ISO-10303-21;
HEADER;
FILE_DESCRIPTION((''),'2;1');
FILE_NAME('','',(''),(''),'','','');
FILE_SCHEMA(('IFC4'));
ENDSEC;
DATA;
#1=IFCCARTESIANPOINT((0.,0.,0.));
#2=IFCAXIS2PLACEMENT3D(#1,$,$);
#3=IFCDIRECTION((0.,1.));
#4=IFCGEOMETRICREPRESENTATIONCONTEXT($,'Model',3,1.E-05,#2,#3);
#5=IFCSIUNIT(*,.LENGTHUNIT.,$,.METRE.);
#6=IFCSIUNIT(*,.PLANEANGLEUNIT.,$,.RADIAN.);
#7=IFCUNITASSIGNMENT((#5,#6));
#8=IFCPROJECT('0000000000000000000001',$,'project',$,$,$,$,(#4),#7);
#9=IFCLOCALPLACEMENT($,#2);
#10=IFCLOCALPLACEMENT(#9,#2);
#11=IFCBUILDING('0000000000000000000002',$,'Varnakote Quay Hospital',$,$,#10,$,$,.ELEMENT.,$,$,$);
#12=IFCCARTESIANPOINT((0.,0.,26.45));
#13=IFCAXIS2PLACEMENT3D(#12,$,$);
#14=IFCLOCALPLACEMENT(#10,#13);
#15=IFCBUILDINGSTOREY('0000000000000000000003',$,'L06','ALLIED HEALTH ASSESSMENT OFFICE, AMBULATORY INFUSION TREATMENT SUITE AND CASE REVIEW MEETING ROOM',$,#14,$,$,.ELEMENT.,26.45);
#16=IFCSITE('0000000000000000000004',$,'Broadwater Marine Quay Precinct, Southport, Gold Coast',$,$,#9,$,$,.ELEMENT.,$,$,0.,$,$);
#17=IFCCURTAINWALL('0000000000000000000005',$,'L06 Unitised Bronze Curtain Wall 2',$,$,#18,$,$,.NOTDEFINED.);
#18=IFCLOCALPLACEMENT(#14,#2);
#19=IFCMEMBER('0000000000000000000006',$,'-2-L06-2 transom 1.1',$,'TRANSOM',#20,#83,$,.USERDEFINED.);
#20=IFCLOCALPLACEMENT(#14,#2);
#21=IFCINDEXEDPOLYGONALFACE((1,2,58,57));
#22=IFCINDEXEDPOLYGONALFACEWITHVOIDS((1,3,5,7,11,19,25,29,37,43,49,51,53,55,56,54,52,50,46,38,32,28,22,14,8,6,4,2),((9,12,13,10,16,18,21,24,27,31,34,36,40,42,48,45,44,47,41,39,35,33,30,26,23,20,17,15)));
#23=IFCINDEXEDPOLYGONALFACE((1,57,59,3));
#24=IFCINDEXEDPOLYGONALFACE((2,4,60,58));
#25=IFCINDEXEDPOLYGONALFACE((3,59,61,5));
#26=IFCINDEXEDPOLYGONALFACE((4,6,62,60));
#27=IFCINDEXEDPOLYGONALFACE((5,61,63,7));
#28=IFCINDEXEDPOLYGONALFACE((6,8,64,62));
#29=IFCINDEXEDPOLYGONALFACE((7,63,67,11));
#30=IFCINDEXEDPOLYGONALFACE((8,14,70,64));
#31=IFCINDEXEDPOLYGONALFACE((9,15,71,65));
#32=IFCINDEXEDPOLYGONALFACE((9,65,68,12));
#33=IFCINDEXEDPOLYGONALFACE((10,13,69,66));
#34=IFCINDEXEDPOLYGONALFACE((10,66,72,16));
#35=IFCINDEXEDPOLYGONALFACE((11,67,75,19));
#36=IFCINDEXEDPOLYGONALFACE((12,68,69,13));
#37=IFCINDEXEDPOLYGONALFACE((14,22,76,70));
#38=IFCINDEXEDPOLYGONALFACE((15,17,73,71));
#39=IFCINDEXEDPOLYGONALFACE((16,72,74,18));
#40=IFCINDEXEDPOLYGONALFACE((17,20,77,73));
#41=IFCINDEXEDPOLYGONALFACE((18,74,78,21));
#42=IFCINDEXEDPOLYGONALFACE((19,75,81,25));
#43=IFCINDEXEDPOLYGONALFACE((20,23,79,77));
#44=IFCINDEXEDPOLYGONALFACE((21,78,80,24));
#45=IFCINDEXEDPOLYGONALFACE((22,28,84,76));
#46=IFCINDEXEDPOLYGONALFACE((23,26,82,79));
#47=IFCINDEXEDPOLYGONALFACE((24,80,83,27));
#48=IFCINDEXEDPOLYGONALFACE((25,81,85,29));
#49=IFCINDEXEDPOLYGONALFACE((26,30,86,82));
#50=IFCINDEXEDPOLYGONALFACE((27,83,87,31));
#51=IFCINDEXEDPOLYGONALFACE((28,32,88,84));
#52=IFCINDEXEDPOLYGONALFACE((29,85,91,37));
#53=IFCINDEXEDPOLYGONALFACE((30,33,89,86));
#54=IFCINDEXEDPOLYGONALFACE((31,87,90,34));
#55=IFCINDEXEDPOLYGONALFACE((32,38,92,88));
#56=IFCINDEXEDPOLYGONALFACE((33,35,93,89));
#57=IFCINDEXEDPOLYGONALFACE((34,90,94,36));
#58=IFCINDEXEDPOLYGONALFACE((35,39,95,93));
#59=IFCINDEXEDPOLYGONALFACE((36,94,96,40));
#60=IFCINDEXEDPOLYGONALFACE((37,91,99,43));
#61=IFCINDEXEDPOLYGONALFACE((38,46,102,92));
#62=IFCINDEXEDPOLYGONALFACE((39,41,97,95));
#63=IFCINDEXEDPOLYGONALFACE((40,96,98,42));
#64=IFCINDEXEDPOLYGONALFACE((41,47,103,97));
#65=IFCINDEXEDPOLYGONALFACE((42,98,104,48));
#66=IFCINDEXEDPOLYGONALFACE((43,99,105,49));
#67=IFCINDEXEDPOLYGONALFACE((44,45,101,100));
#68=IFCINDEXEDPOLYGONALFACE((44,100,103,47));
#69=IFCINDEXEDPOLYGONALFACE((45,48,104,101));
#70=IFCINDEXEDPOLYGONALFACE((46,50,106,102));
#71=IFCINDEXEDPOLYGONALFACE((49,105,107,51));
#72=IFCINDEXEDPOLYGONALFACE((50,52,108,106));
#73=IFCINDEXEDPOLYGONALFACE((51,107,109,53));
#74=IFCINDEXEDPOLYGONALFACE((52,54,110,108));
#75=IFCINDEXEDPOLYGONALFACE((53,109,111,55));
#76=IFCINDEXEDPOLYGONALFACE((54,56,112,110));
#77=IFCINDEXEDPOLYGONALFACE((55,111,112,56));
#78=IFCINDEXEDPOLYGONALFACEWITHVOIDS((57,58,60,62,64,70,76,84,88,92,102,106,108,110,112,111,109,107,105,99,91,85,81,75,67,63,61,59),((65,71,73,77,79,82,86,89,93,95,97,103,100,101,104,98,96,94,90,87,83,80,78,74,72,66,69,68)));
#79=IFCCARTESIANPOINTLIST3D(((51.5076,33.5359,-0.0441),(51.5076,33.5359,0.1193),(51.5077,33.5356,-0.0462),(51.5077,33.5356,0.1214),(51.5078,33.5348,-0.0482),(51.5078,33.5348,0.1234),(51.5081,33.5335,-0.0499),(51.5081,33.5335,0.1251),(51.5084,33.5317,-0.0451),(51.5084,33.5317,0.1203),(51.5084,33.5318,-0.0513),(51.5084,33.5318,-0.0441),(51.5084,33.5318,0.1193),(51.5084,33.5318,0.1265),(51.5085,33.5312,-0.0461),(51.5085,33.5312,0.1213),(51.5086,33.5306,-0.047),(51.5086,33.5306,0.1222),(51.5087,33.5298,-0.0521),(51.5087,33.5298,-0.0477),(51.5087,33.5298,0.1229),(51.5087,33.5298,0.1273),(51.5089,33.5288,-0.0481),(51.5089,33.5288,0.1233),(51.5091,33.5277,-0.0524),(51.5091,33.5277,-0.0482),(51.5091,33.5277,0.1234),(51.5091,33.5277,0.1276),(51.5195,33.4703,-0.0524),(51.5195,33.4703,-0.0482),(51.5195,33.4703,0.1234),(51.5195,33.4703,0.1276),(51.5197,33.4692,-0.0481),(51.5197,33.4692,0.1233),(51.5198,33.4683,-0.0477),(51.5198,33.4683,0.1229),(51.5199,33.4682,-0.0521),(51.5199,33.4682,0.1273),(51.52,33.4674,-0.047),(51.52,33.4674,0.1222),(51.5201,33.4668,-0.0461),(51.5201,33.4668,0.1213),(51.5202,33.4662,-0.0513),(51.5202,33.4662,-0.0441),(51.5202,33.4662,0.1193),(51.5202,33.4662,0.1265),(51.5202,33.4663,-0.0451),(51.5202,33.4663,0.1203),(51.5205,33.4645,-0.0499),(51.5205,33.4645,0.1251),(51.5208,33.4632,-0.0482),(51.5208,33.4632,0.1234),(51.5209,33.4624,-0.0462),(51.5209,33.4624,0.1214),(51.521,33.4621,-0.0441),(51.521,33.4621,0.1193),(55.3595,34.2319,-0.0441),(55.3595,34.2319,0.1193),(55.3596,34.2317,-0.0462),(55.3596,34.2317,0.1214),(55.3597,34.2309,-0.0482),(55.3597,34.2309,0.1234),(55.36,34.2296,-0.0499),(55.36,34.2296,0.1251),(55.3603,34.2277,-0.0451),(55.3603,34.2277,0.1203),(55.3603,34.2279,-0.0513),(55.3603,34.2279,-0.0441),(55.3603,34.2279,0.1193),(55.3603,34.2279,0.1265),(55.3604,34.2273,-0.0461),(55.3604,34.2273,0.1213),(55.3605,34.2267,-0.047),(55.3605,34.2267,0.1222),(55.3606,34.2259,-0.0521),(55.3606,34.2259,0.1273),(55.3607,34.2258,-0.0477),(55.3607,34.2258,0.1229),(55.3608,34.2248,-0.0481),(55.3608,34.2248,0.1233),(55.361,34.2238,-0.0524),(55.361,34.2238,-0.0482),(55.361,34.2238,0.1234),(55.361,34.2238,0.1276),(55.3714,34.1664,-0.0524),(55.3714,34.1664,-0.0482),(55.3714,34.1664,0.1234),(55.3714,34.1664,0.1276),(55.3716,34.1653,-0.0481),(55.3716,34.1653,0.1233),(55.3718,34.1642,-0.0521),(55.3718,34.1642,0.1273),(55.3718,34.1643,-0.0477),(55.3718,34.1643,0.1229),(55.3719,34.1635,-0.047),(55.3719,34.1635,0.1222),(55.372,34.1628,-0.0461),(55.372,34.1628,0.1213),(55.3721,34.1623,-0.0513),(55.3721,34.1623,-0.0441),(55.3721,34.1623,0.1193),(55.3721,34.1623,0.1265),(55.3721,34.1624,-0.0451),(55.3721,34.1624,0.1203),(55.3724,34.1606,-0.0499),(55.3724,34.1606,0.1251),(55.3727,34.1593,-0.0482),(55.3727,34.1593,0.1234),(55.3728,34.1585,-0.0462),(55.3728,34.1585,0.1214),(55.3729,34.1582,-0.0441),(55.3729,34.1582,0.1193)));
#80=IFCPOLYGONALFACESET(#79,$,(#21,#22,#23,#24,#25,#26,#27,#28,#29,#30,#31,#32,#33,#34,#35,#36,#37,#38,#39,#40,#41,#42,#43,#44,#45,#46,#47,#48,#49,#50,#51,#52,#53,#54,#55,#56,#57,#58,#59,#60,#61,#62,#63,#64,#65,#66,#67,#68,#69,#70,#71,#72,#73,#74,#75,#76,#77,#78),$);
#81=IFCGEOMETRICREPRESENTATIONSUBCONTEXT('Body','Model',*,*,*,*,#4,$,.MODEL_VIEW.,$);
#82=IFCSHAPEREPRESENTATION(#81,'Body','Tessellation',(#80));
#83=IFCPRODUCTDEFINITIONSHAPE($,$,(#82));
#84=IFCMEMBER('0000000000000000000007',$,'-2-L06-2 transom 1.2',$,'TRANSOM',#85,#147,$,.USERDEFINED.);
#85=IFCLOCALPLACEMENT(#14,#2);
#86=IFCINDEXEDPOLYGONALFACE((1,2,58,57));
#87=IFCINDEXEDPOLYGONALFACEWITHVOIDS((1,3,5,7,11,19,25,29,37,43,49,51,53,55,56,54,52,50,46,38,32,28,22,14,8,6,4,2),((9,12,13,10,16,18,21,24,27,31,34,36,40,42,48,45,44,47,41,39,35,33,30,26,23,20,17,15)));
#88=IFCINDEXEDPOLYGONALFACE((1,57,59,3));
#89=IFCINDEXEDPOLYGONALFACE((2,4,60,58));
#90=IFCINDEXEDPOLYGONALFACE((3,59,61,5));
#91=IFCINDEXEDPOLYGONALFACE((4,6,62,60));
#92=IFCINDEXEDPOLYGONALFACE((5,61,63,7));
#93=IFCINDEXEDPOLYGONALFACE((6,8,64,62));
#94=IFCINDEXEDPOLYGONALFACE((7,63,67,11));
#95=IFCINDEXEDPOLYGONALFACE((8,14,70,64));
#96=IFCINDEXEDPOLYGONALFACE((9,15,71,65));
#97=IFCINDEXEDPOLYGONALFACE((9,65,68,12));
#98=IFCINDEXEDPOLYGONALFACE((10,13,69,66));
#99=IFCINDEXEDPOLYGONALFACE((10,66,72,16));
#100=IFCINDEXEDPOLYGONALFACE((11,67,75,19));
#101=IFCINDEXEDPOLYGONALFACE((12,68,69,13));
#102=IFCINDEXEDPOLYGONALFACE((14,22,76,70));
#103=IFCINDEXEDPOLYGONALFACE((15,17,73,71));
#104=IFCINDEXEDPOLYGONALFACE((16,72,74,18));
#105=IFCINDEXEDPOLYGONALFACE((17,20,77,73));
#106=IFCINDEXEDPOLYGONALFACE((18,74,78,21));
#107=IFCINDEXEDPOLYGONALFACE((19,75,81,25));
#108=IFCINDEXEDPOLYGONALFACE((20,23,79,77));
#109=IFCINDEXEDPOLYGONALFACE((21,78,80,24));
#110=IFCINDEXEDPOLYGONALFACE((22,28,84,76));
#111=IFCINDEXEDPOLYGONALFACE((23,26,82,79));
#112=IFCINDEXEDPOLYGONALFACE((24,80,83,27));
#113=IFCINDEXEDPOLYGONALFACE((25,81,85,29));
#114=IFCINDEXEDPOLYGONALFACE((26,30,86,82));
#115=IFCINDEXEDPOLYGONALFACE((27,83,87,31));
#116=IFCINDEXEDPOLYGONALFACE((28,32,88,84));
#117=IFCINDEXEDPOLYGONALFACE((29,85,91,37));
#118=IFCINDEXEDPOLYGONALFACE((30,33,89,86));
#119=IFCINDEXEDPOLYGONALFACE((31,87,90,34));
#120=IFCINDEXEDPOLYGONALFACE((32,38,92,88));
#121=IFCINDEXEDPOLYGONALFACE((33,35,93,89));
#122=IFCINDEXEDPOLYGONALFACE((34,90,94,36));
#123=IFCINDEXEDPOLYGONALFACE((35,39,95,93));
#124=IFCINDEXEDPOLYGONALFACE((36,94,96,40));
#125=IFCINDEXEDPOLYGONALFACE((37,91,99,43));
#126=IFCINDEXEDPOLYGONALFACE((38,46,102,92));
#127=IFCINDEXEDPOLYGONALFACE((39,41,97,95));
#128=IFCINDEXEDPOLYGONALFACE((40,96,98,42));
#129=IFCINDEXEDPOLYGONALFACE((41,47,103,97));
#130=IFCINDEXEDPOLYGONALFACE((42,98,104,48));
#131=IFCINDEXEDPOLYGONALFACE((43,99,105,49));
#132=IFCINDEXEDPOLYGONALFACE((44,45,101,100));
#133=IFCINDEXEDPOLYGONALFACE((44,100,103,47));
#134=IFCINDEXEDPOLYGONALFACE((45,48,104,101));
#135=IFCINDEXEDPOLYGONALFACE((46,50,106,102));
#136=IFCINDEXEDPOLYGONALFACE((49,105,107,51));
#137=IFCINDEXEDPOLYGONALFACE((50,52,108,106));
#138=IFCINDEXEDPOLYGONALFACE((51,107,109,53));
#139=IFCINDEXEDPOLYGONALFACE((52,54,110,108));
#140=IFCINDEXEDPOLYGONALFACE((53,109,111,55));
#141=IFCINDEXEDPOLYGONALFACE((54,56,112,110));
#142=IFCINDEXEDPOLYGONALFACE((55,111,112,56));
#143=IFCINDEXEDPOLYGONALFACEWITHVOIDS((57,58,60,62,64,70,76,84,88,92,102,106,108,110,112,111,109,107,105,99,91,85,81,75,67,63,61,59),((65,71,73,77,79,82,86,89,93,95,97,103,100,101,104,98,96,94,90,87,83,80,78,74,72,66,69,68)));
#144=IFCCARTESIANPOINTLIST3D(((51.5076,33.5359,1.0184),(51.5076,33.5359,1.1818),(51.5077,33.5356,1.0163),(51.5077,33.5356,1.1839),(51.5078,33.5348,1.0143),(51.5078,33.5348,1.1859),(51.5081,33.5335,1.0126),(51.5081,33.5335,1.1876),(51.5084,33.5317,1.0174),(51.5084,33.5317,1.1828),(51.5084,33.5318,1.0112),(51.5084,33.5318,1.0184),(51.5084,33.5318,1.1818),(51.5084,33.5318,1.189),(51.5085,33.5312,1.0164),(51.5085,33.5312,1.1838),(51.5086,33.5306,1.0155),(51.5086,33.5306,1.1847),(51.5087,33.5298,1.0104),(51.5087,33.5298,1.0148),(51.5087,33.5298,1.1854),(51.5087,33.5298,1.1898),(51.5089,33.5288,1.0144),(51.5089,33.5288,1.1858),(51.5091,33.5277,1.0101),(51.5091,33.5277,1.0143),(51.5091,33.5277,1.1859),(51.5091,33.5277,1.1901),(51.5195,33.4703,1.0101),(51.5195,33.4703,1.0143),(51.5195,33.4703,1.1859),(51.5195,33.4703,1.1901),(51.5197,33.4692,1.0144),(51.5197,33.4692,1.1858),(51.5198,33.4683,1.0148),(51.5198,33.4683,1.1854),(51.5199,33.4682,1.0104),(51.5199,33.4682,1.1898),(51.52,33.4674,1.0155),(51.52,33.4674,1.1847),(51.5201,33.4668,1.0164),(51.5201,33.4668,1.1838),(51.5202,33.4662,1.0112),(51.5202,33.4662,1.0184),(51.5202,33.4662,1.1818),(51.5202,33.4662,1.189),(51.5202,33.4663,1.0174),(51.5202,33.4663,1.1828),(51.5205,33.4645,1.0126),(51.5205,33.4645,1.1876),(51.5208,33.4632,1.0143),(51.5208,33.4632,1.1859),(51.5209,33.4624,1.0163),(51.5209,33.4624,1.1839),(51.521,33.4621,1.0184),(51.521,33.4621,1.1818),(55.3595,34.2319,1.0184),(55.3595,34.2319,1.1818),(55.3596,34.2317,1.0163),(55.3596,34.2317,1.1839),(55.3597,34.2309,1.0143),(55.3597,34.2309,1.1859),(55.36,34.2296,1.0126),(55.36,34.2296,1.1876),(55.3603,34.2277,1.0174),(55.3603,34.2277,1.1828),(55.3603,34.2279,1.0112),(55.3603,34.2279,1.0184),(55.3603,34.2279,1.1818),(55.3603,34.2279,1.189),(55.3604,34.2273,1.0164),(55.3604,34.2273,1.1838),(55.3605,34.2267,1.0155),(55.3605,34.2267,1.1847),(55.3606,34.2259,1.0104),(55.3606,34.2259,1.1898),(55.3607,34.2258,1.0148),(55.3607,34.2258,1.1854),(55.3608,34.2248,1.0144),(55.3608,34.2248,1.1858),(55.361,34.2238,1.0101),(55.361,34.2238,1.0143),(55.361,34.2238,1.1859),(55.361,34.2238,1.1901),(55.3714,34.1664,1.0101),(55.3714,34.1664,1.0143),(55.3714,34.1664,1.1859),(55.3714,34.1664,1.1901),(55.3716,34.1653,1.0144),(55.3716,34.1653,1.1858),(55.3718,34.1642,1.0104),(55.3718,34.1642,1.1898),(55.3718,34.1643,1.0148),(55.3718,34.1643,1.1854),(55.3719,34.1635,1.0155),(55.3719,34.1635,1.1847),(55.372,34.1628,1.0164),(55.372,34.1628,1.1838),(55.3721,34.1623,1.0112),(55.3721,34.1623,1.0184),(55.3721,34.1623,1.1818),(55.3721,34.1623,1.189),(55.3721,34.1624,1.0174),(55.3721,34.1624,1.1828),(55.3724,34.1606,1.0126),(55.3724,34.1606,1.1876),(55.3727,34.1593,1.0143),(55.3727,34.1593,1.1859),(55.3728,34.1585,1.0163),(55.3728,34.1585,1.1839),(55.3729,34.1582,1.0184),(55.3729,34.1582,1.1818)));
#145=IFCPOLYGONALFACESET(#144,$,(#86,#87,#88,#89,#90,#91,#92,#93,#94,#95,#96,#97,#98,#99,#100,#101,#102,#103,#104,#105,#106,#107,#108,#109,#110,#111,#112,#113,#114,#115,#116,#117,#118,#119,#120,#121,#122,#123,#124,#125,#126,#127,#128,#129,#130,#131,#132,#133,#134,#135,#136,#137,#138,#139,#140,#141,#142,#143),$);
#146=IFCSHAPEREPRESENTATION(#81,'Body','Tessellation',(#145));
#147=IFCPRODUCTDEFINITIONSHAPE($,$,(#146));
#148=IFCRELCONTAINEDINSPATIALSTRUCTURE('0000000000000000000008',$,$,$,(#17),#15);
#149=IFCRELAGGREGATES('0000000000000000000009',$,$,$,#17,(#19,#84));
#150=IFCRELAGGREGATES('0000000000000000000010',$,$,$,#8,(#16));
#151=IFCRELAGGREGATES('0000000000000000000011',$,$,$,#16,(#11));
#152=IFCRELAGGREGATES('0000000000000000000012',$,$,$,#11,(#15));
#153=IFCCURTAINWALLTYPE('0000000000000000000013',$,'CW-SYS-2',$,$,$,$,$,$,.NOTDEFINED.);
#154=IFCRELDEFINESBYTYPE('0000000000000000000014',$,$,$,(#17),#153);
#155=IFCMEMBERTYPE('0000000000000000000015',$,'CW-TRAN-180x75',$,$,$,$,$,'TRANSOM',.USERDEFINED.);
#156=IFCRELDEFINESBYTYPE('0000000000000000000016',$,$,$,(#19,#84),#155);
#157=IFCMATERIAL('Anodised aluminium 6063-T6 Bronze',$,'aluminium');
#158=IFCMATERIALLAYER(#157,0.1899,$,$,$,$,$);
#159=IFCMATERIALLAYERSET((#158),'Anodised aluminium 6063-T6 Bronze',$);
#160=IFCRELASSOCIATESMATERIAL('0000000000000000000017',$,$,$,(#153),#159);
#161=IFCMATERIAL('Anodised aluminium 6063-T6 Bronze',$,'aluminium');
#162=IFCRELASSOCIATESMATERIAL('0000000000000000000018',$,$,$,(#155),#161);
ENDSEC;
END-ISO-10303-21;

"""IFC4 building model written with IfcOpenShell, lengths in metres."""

from ifc_helpers import new_model, si_unit, direction, frame, origin, origin_2d, place, context, subcontext, project, spatial, hollow_rectangle, extrude, material, layer, layer_set, material_profile, profile_set, type_object, element, aggregate, save


model = new_model("IFC4")

# Units and contexts
model_context = context("Model", 3, precision=1e-05, world=origin(), true_north=direction((0.0, 1.0)))
body_context = subcontext(model_context, "Body", "Model", "MODEL_VIEW")
ifc_project = project(units=[si_unit("LENGTHUNIT", "METRE"), si_unit("PLANEANGLEUNIT", "RADIAN")], contexts=[model_context])

# Site, building, storey
site_placement = place(None, origin())
site = spatial("IfcSite", under=ifc_project, at=site_placement, Name="Broadwater Marine Quay Precinct, Southport, Gold Coast", CompositionType="ELEMENT", RefElevation=0.0)
building_placement = place(site_placement, origin())
building = spatial("IfcBuilding", under=site, at=building_placement, Name="Varnakote Quay Hospital", CompositionType="ELEMENT")
storey_placement = place(building_placement, frame((0.0, 0.0, 26.45)))
storey = spatial("IfcBuildingStorey", under=building, at=storey_placement, Name="L06", Description="ALLIED HEALTH ASSESSMENT OFFICE, AMBULATORY INFUSION TREATMENT SUITE AND CASE REVIEW MEETING ROOM", CompositionType="ELEMENT", Elevation=26.45)

# Shared definitions
ifc_material_1 = material(Name="Anodised aluminium 6063-T6 Bronze", Category="aluminium")
ifc_layer_1 = layer(ifc_material_1, 0.1899)
ifc_layer_set_1 = layer_set([ifc_layer_1], Name="Anodised aluminium 6063-T6 Bronze")
curtain_wall_type = type_object("IfcCurtainWallType", Name="CW-SYS-2", PredefinedType="NOTDEFINED", material=ifc_layer_set_1)

# Curtain wall
curtain_wall_1_placement = place(storey_placement, origin())
curtain_wall_1 = element("IfcCurtainWall", 1, at=curtain_wall_1_placement, inside=storey, type_object=curtain_wall_type, Name="L06 Unitised Bronze Curtain Wall 2", PredefinedType="NOTDEFINED")

# Members
ifc_material_2 = material(Name="Anodised aluminium 6063-T6 Bronze", Category="aluminium")
ifc_material_profile_1 = material_profile(ifc_material_2, hollow_rectangle(XDim=0.075, YDim=0.1799, WallThickness=0.0042, InnerFilletRadius=0.0042, OuterFilletRadius=0.0083, at=origin_2d()), Name="CW-TRAN-180x75")
ifc_profile_set_1 = profile_set([ifc_material_profile_1], Name="Anodised aluminium 6063-T6 Bronze")
member_type_1 = type_object("IfcMemberType", Name="CW-TRAN-180x75", ElementType="TRANSOM", PredefinedType="USERDEFINED", material=ifc_profile_set_1)
member_1_placement = place(storey_placement, frame((55.3662, 34.1951, 0.0376), z_axis=(-0.984062, -0.177826, 0.0), x_axis=(0.177826, -0.984062, 0.0)))
member_1 = element("IfcMember", 2, at=member_1_placement, type_object=member_type_1, Name="-2-L06-2 transom 1.1", ObjectType="TRANSOM", PredefinedType="USERDEFINED", context=body_context, shape_type="SweptSolid", body=[
    extrude(hollow_rectangle(XDim=0.075, YDim=0.1799, WallThickness=0.0042, InnerFilletRadius=0.0042, OuterFilletRadius=0.0083, at=origin_2d()), origin(), (0.0, 0.0, 1.0), 3.9143),
])
member_2_placement = place(storey_placement, frame((55.3662, 34.1951, 1.1001), z_axis=(-0.984062, -0.177826, 0.0), x_axis=(0.177826, -0.984062, 0.0)))
member_2 = element("IfcMember", 3, at=member_2_placement, type_object=member_type_1, Name="-2-L06-2 transom 1.2", ObjectType="TRANSOM", PredefinedType="USERDEFINED", context=body_context, shape_type="SweptSolid", body=[
    extrude(hollow_rectangle(XDim=0.075, YDim=0.1799, WallThickness=0.0042, InnerFilletRadius=0.0042, OuterFilletRadius=0.0083, at=origin_2d()), origin(), (0.0, 0.0, 1.0), 3.9143),
])

aggregate(curtain_wall_1, [member_1, member_2])

save(model, "model.ifc")
